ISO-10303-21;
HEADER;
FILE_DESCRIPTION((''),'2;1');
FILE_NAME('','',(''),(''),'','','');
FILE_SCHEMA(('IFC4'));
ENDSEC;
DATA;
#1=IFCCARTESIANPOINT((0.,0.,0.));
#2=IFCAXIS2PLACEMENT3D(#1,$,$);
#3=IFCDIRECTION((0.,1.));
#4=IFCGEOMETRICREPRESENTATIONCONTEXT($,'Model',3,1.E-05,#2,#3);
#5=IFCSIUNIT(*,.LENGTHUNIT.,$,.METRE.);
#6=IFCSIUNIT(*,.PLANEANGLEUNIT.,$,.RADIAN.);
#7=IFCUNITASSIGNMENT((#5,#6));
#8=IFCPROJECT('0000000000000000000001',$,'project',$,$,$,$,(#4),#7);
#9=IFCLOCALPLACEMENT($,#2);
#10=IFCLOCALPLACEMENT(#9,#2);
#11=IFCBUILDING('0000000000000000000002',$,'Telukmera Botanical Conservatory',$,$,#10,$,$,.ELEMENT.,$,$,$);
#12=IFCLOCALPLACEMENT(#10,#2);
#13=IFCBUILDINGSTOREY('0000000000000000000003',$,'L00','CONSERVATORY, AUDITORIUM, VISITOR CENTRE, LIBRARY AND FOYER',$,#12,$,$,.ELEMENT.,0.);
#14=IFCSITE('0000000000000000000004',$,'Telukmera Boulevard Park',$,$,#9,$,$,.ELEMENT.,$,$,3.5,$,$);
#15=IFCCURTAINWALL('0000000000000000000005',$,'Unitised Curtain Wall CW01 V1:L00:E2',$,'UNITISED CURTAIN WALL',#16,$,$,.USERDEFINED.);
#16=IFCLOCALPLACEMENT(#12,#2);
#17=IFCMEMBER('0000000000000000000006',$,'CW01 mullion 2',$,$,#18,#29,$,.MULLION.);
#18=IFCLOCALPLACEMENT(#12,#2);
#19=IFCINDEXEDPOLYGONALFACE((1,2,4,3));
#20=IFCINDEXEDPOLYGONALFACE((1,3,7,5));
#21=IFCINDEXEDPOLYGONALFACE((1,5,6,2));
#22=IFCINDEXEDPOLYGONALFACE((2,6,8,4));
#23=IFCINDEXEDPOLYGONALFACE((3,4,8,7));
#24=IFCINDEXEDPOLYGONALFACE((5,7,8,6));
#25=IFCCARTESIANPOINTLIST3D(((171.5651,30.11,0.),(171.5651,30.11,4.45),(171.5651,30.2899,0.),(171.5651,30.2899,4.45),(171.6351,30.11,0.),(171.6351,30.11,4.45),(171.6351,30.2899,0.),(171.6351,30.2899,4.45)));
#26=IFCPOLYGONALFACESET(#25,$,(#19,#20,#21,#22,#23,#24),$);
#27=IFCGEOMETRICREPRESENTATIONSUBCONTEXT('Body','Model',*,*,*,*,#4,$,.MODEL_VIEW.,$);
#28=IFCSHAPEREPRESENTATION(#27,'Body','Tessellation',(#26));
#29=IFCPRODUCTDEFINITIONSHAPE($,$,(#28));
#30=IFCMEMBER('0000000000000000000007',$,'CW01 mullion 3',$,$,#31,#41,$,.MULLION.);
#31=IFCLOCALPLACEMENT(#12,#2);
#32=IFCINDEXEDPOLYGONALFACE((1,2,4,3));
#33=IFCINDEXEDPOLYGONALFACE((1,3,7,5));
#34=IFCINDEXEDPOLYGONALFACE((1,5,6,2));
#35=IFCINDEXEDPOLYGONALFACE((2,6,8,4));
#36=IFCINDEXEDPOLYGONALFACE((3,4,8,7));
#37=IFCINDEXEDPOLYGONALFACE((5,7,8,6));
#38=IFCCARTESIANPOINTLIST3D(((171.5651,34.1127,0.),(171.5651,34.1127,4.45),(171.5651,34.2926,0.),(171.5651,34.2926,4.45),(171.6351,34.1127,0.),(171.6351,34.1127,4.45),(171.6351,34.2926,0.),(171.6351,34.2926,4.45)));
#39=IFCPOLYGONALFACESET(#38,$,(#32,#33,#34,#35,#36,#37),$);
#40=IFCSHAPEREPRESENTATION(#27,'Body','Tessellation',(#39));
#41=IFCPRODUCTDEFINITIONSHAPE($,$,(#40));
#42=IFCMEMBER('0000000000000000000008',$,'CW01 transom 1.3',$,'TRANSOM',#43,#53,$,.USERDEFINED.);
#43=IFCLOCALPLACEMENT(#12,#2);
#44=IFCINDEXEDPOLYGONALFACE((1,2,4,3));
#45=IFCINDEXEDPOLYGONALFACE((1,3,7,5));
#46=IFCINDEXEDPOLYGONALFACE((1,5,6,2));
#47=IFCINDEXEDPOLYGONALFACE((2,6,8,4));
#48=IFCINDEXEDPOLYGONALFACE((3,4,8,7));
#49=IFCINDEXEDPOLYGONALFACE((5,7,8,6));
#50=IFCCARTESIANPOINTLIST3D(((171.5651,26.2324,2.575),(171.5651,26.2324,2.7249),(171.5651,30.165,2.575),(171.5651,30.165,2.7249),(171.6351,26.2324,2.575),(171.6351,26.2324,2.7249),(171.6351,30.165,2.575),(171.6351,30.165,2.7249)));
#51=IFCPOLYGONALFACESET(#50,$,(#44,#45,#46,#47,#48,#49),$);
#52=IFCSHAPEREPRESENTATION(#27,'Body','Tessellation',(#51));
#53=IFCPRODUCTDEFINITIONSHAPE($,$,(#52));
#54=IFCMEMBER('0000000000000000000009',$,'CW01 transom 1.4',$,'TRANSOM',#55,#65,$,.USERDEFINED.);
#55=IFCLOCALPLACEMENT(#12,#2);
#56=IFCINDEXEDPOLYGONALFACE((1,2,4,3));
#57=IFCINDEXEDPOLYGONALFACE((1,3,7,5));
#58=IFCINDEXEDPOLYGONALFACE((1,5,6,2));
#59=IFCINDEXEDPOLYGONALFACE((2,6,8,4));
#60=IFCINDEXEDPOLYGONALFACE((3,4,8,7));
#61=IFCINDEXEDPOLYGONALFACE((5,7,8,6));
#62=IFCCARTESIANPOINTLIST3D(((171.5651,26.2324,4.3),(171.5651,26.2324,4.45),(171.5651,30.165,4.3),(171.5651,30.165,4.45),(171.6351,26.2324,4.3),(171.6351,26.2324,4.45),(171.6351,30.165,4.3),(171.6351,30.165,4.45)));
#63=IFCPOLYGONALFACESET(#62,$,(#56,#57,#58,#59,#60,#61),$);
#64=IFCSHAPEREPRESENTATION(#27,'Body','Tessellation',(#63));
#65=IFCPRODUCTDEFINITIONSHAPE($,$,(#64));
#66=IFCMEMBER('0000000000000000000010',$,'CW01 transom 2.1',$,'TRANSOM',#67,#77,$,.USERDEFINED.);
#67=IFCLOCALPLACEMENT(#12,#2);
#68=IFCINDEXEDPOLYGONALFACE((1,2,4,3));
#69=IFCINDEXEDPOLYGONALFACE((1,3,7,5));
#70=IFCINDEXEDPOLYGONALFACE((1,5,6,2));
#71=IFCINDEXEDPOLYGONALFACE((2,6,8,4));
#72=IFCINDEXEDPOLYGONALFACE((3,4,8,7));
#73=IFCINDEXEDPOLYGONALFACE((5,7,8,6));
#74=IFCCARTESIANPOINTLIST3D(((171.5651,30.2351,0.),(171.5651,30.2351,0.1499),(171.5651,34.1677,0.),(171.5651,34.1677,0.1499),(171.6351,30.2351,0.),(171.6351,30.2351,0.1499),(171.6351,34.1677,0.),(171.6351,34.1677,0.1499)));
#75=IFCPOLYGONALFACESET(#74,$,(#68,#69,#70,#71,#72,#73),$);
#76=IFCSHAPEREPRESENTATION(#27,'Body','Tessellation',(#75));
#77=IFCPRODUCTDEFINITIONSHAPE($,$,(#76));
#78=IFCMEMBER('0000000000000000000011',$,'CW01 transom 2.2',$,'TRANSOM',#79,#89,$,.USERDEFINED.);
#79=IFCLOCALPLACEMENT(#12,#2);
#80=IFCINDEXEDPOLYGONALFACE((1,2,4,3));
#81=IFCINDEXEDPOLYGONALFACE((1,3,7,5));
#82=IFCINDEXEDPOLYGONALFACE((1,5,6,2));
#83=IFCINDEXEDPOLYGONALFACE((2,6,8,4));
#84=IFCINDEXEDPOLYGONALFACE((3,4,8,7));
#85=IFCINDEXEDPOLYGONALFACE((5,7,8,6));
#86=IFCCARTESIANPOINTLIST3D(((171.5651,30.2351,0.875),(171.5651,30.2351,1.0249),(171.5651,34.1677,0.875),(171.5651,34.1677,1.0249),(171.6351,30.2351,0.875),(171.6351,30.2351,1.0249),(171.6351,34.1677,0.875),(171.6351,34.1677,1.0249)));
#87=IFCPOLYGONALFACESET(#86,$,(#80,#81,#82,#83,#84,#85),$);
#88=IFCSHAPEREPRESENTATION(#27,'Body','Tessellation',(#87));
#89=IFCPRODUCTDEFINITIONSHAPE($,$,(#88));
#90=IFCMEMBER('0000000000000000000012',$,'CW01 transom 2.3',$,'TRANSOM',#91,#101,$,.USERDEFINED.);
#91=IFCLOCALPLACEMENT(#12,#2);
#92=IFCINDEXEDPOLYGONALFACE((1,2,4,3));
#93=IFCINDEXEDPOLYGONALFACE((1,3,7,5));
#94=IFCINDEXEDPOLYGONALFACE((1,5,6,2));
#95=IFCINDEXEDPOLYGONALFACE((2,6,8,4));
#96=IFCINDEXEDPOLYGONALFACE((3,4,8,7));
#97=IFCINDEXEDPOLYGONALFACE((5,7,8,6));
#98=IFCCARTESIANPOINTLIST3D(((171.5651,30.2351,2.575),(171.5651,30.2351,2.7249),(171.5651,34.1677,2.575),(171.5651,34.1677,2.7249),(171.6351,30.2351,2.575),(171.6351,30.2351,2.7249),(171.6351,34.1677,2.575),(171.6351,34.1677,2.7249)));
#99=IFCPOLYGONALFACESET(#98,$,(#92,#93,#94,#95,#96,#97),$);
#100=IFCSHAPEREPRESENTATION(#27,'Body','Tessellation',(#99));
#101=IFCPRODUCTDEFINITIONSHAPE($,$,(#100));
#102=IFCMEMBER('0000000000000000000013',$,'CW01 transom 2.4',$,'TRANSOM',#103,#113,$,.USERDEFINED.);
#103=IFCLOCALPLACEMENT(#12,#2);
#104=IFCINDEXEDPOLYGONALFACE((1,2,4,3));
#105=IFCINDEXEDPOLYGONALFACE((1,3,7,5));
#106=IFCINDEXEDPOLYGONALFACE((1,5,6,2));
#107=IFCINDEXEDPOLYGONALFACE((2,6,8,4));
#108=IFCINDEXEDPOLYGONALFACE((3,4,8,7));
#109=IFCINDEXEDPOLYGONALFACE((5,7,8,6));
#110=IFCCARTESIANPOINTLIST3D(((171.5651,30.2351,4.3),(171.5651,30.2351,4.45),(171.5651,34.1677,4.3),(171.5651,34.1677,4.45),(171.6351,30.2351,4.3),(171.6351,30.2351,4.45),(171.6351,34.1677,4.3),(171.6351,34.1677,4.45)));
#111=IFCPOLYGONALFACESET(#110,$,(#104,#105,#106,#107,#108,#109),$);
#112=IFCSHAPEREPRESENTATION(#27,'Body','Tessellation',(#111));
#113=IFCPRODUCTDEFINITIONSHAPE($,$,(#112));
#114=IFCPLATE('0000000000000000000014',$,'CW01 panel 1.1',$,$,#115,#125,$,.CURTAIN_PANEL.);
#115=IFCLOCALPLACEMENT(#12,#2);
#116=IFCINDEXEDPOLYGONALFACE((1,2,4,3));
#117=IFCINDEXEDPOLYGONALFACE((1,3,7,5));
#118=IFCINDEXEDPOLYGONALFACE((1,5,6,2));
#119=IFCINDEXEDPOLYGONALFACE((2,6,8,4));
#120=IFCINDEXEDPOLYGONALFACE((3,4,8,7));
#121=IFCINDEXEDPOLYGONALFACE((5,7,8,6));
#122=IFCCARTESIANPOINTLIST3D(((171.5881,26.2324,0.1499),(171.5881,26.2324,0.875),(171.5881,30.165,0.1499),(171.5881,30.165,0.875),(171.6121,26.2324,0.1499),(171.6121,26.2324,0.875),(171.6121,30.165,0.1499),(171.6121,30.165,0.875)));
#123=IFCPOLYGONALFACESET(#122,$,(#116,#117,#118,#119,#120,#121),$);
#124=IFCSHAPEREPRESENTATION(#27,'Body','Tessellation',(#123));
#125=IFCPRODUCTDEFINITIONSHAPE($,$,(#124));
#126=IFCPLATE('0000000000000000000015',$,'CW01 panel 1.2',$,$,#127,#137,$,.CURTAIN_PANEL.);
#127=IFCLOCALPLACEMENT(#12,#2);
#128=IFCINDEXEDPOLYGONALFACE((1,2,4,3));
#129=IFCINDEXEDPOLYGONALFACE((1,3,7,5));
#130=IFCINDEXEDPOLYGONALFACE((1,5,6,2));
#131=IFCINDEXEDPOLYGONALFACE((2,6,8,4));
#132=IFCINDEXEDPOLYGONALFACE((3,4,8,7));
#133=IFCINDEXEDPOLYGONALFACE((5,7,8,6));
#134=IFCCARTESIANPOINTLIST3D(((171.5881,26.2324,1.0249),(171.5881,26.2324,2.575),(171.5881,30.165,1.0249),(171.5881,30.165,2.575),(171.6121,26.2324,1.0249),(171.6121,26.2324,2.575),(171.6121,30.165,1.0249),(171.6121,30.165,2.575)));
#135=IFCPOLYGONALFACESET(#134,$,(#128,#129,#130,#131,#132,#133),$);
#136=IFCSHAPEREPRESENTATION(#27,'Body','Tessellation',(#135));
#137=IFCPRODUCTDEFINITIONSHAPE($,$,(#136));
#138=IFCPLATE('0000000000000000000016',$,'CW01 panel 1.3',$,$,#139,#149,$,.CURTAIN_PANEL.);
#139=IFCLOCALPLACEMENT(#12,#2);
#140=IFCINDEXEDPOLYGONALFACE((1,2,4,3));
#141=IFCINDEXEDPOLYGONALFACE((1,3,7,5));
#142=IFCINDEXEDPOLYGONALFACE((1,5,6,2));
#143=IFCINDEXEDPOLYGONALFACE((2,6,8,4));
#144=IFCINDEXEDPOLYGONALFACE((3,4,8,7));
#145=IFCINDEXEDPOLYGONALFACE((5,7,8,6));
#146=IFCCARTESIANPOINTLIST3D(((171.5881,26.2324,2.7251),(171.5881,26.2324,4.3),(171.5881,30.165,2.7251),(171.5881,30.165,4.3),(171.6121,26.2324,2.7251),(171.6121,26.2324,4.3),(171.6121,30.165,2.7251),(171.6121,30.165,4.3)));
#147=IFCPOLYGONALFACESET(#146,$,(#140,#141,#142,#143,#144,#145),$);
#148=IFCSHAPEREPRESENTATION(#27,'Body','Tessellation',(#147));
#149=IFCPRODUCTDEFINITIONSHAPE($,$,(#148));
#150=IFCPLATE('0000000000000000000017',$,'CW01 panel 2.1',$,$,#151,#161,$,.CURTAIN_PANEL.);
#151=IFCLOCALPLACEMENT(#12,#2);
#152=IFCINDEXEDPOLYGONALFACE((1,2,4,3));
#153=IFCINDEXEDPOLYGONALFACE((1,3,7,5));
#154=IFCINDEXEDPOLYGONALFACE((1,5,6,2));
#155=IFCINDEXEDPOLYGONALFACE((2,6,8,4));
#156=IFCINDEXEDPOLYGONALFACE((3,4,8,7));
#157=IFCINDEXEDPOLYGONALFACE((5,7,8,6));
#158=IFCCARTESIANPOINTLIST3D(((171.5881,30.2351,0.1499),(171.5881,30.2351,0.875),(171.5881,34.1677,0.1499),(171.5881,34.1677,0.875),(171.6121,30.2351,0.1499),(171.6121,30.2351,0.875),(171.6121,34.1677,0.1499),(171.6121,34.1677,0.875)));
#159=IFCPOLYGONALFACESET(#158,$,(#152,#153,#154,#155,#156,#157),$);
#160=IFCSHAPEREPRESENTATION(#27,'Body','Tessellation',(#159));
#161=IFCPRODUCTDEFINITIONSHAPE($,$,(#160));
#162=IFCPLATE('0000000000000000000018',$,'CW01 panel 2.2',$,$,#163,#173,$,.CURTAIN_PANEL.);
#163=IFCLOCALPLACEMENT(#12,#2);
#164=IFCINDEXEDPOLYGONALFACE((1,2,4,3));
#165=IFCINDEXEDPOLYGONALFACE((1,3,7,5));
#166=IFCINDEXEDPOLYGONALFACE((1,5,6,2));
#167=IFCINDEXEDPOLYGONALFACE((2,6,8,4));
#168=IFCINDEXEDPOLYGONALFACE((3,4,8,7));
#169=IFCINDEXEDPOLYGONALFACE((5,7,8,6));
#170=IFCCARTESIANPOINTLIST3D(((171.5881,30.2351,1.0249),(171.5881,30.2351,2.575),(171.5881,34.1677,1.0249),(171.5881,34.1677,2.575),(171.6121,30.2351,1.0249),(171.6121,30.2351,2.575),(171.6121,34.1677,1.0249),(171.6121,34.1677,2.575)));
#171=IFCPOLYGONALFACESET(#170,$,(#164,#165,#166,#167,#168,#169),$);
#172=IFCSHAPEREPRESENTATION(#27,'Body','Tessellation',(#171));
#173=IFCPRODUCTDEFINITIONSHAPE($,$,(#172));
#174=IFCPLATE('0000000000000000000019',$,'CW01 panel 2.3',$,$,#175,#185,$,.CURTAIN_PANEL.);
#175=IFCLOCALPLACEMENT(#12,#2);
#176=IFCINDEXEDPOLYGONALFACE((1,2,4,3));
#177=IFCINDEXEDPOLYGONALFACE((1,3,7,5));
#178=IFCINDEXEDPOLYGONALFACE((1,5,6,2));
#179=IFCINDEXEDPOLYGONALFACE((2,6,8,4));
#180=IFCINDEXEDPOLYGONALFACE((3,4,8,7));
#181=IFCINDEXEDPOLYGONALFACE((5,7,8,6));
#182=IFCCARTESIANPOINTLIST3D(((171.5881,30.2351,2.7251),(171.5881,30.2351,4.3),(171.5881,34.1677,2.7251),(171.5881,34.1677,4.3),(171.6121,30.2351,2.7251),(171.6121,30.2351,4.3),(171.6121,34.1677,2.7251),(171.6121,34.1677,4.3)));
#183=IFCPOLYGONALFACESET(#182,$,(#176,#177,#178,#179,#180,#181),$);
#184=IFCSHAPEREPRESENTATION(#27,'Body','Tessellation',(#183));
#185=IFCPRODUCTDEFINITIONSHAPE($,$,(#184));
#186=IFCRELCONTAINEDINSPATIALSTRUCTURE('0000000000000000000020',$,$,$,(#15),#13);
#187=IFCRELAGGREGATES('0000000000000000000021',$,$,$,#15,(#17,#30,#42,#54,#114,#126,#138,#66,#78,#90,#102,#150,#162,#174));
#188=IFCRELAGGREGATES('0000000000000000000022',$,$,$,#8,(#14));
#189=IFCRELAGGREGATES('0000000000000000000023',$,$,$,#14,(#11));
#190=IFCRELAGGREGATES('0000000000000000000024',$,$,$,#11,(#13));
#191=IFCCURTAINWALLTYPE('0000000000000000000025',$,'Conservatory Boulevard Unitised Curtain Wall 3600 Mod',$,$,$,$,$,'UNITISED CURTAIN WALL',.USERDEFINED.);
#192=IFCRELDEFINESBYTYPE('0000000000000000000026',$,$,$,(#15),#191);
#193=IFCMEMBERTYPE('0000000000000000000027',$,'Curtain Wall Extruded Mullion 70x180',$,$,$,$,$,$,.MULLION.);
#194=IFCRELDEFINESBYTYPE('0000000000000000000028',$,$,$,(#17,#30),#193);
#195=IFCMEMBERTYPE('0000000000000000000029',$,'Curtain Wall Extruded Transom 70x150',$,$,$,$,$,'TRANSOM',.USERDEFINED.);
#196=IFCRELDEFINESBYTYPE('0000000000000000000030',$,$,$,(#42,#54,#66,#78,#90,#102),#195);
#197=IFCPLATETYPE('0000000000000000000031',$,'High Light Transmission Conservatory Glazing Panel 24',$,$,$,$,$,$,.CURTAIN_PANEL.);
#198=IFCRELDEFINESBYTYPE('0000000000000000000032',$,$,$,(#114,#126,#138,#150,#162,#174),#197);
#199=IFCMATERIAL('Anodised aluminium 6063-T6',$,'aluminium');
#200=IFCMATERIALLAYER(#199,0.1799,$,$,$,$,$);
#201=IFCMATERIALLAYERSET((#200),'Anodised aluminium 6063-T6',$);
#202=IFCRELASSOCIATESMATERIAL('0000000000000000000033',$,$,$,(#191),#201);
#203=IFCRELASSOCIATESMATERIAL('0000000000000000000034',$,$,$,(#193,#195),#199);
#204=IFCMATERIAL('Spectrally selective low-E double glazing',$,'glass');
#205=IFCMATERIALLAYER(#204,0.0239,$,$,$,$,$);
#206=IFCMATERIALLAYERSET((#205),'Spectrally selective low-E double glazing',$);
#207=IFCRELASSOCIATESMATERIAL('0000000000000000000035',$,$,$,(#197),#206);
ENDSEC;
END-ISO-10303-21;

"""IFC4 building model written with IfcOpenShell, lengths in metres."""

from ifc_helpers import new_model, si_unit, direction, frame, origin, origin_2d, place, context, subcontext, project, spatial, rectangle, extrude, material, layer, layer_set, material_profile, profile_set, type_object, element, aggregate, save


model = new_model("IFC4")

# Units and contexts
model_context = context("Model", 3, precision=1e-05, world=origin(), true_north=direction((0.0, 1.0)))
body_context = subcontext(model_context, "Body", "Model", "MODEL_VIEW")
ifc_project = project(units=[si_unit("LENGTHUNIT", "METRE"), si_unit("PLANEANGLEUNIT", "RADIAN")], contexts=[model_context])

# Site, building, storey
site_placement = place(None, origin())
site = spatial("IfcSite", under=ifc_project, at=site_placement, Name="Telukmera Boulevard Park", CompositionType="ELEMENT", RefElevation=3.5)
building_placement = place(site_placement, origin())
building = spatial("IfcBuilding", under=site, at=building_placement, Name="Telukmera Botanical Conservatory", CompositionType="ELEMENT")
storey_placement = place(building_placement, origin())
storey = spatial("IfcBuildingStorey", under=building, at=storey_placement, Name="L00", Description="CONSERVATORY, AUDITORIUM, VISITOR CENTRE, LIBRARY AND FOYER", CompositionType="ELEMENT", Elevation=0.0)

# Curtain wall, members, plates
ifc_material_1 = material(Name="Anodised aluminium 6063-T6", Category="aluminium")
ifc_layer_1 = layer(ifc_material_1, 0.1799)
ifc_layer_set_1 = layer_set([ifc_layer_1], Name="Anodised aluminium 6063-T6")
curtain_wall_type = type_object("IfcCurtainWallType", Name="Conservatory Boulevard Unitised Curtain Wall 3600 Mod", ElementType="UNITISED CURTAIN WALL", PredefinedType="USERDEFINED", material=ifc_layer_set_1)
curtain_wall_placement = place(storey_placement, origin())
curtain_wall = element("IfcCurtainWall", 1, at=curtain_wall_placement, inside=storey, type_object=curtain_wall_type, Name="Unitised Curtain Wall CW01 V1:L00:E2", ObjectType="UNITISED CURTAIN WALL", PredefinedType="USERDEFINED")
ifc_material_profile_1 = material_profile(ifc_material_1, rectangle(XDim=0.0701, YDim=0.1799, at=origin_2d()), Name="ALU MULL 70x180")
ifc_profile_set_1 = profile_set([ifc_material_profile_1], Name="Anodised aluminium 6063-T6")
member_type_1 = type_object("IfcMemberType", Name="Curtain Wall Extruded Mullion 70x180", PredefinedType="MULLION", material=ifc_profile_set_1)
member_1_placement = place(storey_placement, frame((171.6001, 30.2, 0.0), z_axis=(0.0, 0.0, 1.0), x_axis=(-1.0, 0.0, 0.0)))
member_1 = element("IfcMember", 2, at=member_1_placement, type_object=member_type_1, Name="CW01 mullion 2", PredefinedType="MULLION", context=body_context, shape_type="SweptSolid", body=[
    extrude(rectangle(XDim=0.0701, YDim=0.1799, at=origin_2d()), origin(), (0.0, 0.0, 1.0), 4.45),
])
member_2_placement = place(storey_placement, frame((171.6001, 34.2026, 0.0), z_axis=(0.0, 0.0, 1.0), x_axis=(-1.0, 0.0, 0.0)))
member_2 = element("IfcMember", 3, at=member_2_placement, type_object=member_type_1, Name="CW01 mullion 3", PredefinedType="MULLION", context=body_context, shape_type="SweptSolid", body=[
    extrude(rectangle(XDim=0.0701, YDim=0.1799, at=origin_2d()), origin(), (0.0, 0.0, 1.0), 4.45),
])
ifc_material_profile_2 = material_profile(ifc_material_1, rectangle(XDim=0.0701, YDim=0.1499, at=origin_2d()), Name="ALU TRAN 70x150")
ifc_profile_set_2 = profile_set([ifc_material_profile_2], Name="Anodised aluminium 6063-T6")
member_type_2 = type_object("IfcMemberType", Name="Curtain Wall Extruded Transom 70x150", ElementType="TRANSOM", PredefinedType="USERDEFINED", material=ifc_profile_set_2)
member_3_placement = place(storey_placement, frame((171.6001, 26.2324, 2.6499), z_axis=(0.0, 1.0, 0.0), x_axis=(-1.0, 0.0, 0.0)))
member_3 = element("IfcMember", 4, at=member_3_placement, type_object=member_type_2, Name="CW01 transom 1.3", ObjectType="TRANSOM", PredefinedType="USERDEFINED", context=body_context, shape_type="SweptSolid", body=[
    extrude(rectangle(XDim=0.0701, YDim=0.1499, at=origin_2d()), origin(), (0.0, 0.0, 1.0), 3.9326),
])
member_4_placement = place(storey_placement, frame((171.6001, 26.2324, 4.375), z_axis=(0.0, 1.0, 0.0), x_axis=(-1.0, 0.0, 0.0)))
member_4 = element("IfcMember", 5, at=member_4_placement, type_object=member_type_2, Name="CW01 transom 1.4", ObjectType="TRANSOM", PredefinedType="USERDEFINED", context=body_context, shape_type="SweptSolid", body=[
    extrude(rectangle(XDim=0.0701, YDim=0.1499, at=origin_2d()), origin(), (0.0, 0.0, 1.0), 3.9326),
])
member_5_placement = place(storey_placement, frame((171.6001, 30.2351, 0.075), z_axis=(0.0, 1.0, 0.0), x_axis=(-1.0, 0.0, 0.0)))
member_5 = element("IfcMember", 6, at=member_5_placement, type_object=member_type_2, Name="CW01 transom 2.1", ObjectType="TRANSOM", PredefinedType="USERDEFINED", context=body_context, shape_type="SweptSolid", body=[
    extrude(rectangle(XDim=0.0701, YDim=0.1499, at=origin_2d()), origin(), (0.0, 0.0, 1.0), 3.9326),
])
member_6_placement = place(storey_placement, frame((171.6001, 30.2351, 0.95), z_axis=(0.0, 1.0, 0.0), x_axis=(-1.0, 0.0, 0.0)))
member_6 = element("IfcMember", 7, at=member_6_placement, type_object=member_type_2, Name="CW01 transom 2.2", ObjectType="TRANSOM", PredefinedType="USERDEFINED", context=body_context, shape_type="SweptSolid", body=[
    extrude(rectangle(XDim=0.0701, YDim=0.1499, at=origin_2d()), origin(), (0.0, 0.0, 1.0), 3.9326),
])
member_7_placement = place(storey_placement, frame((171.6001, 30.2351, 2.6499), z_axis=(0.0, 1.0, 0.0), x_axis=(-1.0, 0.0, 0.0)))
member_7 = element("IfcMember", 8, at=member_7_placement, type_object=member_type_2, Name="CW01 transom 2.3", ObjectType="TRANSOM", PredefinedType="USERDEFINED", context=body_context, shape_type="SweptSolid", body=[
    extrude(rectangle(XDim=0.0701, YDim=0.1499, at=origin_2d()), origin(), (0.0, 0.0, 1.0), 3.9326),
])
member_8_placement = place(storey_placement, frame((171.6001, 30.2351, 4.375), z_axis=(0.0, 1.0, 0.0), x_axis=(-1.0, 0.0, 0.0)))
member_8 = element("IfcMember", 9, at=member_8_placement, type_object=member_type_2, Name="CW01 transom 2.4", ObjectType="TRANSOM", PredefinedType="USERDEFINED", context=body_context, shape_type="SweptSolid", body=[
    extrude(rectangle(XDim=0.0701, YDim=0.1499, at=origin_2d()), origin(), (0.0, 0.0, 1.0), 3.9326),
])
ifc_material_2 = material(Name="Spectrally selective low-E double glazing", Category="glass")
ifc_layer_2 = layer(ifc_material_2, 0.0239)
ifc_layer_set_2 = layer_set([ifc_layer_2], Name="Spectrally selective low-E double glazing")
plate_type = type_object("IfcPlateType", Name="High Light Transmission Conservatory Glazing Panel 24", PredefinedType="CURTAIN_PANEL", material=ifc_layer_set_2)
plate_1_placement = place(storey_placement, frame((171.6001, 28.1987, 0.1499), z_axis=(0.0, 0.0, 1.0), x_axis=(0.0, 1.0, 0.0)))
plate_1 = element("IfcPlate", 10, at=plate_1_placement, type_object=plate_type, Name="CW01 panel 1.1", PredefinedType="CURTAIN_PANEL", context=body_context, shape_type="SweptSolid", body=[
    extrude(rectangle(XDim=3.9326, YDim=0.0239, at=origin_2d()), origin(), (0.0, 0.0, 1.0), 0.7251),
])
plate_2_placement = place(storey_placement, frame((171.6001, 28.1987, 1.0249), z_axis=(0.0, 0.0, 1.0), x_axis=(0.0, 1.0, 0.0)))
plate_2 = element("IfcPlate", 11, at=plate_2_placement, type_object=plate_type, Name="CW01 panel 1.2", PredefinedType="CURTAIN_PANEL", context=body_context, shape_type="SweptSolid", body=[
    extrude(rectangle(XDim=3.9326, YDim=0.0239, at=origin_2d()), origin(), (0.0, 0.0, 1.0), 1.55),
])
plate_3_placement = place(storey_placement, frame((171.6001, 28.1987, 2.7251), z_axis=(0.0, 0.0, 1.0), x_axis=(0.0, 1.0, 0.0)))
plate_3 = element("IfcPlate", 12, at=plate_3_placement, type_object=plate_type, Name="CW01 panel 1.3", PredefinedType="CURTAIN_PANEL", context=body_context, shape_type="SweptSolid", body=[
    extrude(rectangle(XDim=3.9326, YDim=0.0239, at=origin_2d()), origin(), (0.0, 0.0, 1.0), 1.575),
])
plate_4_placement = place(storey_placement, frame((171.6001, 32.2014, 0.1499), z_axis=(0.0, 0.0, 1.0), x_axis=(0.0, 1.0, 0.0)))
plate_4 = element("IfcPlate", 13, at=plate_4_placement, type_object=plate_type, Name="CW01 panel 2.1", PredefinedType="CURTAIN_PANEL", context=body_context, shape_type="SweptSolid", body=[
    extrude(rectangle(XDim=3.9326, YDim=0.0239, at=origin_2d()), origin(), (0.0, 0.0, 1.0), 0.7251),
])
plate_5_placement = place(storey_placement, frame((171.6001, 32.2014, 1.0249), z_axis=(0.0, 0.0, 1.0), x_axis=(0.0, 1.0, 0.0)))
plate_5 = element("IfcPlate", 14, at=plate_5_placement, type_object=plate_type, Name="CW01 panel 2.2", PredefinedType="CURTAIN_PANEL", context=body_context, shape_type="SweptSolid", body=[
    extrude(rectangle(XDim=3.9326, YDim=0.0239, at=origin_2d()), origin(), (0.0, 0.0, 1.0), 1.55),
])
plate_6_placement = place(storey_placement, frame((171.6001, 32.2014, 2.7251), z_axis=(0.0, 0.0, 1.0), x_axis=(0.0, 1.0, 0.0)))
plate_6 = element("IfcPlate", 15, at=plate_6_placement, type_object=plate_type, Name="CW01 panel 2.3", PredefinedType="CURTAIN_PANEL", context=body_context, shape_type="SweptSolid", body=[
    extrude(rectangle(XDim=3.9326, YDim=0.0239, at=origin_2d()), origin(), (0.0, 0.0, 1.0), 1.575),
])
aggregate(curtain_wall, [member_1, member_2, member_3, member_4, plate_1, plate_2, plate_3, member_5, member_6, member_7, member_8, plate_4, plate_5, plate_6])

save(model, "model.ifc")
